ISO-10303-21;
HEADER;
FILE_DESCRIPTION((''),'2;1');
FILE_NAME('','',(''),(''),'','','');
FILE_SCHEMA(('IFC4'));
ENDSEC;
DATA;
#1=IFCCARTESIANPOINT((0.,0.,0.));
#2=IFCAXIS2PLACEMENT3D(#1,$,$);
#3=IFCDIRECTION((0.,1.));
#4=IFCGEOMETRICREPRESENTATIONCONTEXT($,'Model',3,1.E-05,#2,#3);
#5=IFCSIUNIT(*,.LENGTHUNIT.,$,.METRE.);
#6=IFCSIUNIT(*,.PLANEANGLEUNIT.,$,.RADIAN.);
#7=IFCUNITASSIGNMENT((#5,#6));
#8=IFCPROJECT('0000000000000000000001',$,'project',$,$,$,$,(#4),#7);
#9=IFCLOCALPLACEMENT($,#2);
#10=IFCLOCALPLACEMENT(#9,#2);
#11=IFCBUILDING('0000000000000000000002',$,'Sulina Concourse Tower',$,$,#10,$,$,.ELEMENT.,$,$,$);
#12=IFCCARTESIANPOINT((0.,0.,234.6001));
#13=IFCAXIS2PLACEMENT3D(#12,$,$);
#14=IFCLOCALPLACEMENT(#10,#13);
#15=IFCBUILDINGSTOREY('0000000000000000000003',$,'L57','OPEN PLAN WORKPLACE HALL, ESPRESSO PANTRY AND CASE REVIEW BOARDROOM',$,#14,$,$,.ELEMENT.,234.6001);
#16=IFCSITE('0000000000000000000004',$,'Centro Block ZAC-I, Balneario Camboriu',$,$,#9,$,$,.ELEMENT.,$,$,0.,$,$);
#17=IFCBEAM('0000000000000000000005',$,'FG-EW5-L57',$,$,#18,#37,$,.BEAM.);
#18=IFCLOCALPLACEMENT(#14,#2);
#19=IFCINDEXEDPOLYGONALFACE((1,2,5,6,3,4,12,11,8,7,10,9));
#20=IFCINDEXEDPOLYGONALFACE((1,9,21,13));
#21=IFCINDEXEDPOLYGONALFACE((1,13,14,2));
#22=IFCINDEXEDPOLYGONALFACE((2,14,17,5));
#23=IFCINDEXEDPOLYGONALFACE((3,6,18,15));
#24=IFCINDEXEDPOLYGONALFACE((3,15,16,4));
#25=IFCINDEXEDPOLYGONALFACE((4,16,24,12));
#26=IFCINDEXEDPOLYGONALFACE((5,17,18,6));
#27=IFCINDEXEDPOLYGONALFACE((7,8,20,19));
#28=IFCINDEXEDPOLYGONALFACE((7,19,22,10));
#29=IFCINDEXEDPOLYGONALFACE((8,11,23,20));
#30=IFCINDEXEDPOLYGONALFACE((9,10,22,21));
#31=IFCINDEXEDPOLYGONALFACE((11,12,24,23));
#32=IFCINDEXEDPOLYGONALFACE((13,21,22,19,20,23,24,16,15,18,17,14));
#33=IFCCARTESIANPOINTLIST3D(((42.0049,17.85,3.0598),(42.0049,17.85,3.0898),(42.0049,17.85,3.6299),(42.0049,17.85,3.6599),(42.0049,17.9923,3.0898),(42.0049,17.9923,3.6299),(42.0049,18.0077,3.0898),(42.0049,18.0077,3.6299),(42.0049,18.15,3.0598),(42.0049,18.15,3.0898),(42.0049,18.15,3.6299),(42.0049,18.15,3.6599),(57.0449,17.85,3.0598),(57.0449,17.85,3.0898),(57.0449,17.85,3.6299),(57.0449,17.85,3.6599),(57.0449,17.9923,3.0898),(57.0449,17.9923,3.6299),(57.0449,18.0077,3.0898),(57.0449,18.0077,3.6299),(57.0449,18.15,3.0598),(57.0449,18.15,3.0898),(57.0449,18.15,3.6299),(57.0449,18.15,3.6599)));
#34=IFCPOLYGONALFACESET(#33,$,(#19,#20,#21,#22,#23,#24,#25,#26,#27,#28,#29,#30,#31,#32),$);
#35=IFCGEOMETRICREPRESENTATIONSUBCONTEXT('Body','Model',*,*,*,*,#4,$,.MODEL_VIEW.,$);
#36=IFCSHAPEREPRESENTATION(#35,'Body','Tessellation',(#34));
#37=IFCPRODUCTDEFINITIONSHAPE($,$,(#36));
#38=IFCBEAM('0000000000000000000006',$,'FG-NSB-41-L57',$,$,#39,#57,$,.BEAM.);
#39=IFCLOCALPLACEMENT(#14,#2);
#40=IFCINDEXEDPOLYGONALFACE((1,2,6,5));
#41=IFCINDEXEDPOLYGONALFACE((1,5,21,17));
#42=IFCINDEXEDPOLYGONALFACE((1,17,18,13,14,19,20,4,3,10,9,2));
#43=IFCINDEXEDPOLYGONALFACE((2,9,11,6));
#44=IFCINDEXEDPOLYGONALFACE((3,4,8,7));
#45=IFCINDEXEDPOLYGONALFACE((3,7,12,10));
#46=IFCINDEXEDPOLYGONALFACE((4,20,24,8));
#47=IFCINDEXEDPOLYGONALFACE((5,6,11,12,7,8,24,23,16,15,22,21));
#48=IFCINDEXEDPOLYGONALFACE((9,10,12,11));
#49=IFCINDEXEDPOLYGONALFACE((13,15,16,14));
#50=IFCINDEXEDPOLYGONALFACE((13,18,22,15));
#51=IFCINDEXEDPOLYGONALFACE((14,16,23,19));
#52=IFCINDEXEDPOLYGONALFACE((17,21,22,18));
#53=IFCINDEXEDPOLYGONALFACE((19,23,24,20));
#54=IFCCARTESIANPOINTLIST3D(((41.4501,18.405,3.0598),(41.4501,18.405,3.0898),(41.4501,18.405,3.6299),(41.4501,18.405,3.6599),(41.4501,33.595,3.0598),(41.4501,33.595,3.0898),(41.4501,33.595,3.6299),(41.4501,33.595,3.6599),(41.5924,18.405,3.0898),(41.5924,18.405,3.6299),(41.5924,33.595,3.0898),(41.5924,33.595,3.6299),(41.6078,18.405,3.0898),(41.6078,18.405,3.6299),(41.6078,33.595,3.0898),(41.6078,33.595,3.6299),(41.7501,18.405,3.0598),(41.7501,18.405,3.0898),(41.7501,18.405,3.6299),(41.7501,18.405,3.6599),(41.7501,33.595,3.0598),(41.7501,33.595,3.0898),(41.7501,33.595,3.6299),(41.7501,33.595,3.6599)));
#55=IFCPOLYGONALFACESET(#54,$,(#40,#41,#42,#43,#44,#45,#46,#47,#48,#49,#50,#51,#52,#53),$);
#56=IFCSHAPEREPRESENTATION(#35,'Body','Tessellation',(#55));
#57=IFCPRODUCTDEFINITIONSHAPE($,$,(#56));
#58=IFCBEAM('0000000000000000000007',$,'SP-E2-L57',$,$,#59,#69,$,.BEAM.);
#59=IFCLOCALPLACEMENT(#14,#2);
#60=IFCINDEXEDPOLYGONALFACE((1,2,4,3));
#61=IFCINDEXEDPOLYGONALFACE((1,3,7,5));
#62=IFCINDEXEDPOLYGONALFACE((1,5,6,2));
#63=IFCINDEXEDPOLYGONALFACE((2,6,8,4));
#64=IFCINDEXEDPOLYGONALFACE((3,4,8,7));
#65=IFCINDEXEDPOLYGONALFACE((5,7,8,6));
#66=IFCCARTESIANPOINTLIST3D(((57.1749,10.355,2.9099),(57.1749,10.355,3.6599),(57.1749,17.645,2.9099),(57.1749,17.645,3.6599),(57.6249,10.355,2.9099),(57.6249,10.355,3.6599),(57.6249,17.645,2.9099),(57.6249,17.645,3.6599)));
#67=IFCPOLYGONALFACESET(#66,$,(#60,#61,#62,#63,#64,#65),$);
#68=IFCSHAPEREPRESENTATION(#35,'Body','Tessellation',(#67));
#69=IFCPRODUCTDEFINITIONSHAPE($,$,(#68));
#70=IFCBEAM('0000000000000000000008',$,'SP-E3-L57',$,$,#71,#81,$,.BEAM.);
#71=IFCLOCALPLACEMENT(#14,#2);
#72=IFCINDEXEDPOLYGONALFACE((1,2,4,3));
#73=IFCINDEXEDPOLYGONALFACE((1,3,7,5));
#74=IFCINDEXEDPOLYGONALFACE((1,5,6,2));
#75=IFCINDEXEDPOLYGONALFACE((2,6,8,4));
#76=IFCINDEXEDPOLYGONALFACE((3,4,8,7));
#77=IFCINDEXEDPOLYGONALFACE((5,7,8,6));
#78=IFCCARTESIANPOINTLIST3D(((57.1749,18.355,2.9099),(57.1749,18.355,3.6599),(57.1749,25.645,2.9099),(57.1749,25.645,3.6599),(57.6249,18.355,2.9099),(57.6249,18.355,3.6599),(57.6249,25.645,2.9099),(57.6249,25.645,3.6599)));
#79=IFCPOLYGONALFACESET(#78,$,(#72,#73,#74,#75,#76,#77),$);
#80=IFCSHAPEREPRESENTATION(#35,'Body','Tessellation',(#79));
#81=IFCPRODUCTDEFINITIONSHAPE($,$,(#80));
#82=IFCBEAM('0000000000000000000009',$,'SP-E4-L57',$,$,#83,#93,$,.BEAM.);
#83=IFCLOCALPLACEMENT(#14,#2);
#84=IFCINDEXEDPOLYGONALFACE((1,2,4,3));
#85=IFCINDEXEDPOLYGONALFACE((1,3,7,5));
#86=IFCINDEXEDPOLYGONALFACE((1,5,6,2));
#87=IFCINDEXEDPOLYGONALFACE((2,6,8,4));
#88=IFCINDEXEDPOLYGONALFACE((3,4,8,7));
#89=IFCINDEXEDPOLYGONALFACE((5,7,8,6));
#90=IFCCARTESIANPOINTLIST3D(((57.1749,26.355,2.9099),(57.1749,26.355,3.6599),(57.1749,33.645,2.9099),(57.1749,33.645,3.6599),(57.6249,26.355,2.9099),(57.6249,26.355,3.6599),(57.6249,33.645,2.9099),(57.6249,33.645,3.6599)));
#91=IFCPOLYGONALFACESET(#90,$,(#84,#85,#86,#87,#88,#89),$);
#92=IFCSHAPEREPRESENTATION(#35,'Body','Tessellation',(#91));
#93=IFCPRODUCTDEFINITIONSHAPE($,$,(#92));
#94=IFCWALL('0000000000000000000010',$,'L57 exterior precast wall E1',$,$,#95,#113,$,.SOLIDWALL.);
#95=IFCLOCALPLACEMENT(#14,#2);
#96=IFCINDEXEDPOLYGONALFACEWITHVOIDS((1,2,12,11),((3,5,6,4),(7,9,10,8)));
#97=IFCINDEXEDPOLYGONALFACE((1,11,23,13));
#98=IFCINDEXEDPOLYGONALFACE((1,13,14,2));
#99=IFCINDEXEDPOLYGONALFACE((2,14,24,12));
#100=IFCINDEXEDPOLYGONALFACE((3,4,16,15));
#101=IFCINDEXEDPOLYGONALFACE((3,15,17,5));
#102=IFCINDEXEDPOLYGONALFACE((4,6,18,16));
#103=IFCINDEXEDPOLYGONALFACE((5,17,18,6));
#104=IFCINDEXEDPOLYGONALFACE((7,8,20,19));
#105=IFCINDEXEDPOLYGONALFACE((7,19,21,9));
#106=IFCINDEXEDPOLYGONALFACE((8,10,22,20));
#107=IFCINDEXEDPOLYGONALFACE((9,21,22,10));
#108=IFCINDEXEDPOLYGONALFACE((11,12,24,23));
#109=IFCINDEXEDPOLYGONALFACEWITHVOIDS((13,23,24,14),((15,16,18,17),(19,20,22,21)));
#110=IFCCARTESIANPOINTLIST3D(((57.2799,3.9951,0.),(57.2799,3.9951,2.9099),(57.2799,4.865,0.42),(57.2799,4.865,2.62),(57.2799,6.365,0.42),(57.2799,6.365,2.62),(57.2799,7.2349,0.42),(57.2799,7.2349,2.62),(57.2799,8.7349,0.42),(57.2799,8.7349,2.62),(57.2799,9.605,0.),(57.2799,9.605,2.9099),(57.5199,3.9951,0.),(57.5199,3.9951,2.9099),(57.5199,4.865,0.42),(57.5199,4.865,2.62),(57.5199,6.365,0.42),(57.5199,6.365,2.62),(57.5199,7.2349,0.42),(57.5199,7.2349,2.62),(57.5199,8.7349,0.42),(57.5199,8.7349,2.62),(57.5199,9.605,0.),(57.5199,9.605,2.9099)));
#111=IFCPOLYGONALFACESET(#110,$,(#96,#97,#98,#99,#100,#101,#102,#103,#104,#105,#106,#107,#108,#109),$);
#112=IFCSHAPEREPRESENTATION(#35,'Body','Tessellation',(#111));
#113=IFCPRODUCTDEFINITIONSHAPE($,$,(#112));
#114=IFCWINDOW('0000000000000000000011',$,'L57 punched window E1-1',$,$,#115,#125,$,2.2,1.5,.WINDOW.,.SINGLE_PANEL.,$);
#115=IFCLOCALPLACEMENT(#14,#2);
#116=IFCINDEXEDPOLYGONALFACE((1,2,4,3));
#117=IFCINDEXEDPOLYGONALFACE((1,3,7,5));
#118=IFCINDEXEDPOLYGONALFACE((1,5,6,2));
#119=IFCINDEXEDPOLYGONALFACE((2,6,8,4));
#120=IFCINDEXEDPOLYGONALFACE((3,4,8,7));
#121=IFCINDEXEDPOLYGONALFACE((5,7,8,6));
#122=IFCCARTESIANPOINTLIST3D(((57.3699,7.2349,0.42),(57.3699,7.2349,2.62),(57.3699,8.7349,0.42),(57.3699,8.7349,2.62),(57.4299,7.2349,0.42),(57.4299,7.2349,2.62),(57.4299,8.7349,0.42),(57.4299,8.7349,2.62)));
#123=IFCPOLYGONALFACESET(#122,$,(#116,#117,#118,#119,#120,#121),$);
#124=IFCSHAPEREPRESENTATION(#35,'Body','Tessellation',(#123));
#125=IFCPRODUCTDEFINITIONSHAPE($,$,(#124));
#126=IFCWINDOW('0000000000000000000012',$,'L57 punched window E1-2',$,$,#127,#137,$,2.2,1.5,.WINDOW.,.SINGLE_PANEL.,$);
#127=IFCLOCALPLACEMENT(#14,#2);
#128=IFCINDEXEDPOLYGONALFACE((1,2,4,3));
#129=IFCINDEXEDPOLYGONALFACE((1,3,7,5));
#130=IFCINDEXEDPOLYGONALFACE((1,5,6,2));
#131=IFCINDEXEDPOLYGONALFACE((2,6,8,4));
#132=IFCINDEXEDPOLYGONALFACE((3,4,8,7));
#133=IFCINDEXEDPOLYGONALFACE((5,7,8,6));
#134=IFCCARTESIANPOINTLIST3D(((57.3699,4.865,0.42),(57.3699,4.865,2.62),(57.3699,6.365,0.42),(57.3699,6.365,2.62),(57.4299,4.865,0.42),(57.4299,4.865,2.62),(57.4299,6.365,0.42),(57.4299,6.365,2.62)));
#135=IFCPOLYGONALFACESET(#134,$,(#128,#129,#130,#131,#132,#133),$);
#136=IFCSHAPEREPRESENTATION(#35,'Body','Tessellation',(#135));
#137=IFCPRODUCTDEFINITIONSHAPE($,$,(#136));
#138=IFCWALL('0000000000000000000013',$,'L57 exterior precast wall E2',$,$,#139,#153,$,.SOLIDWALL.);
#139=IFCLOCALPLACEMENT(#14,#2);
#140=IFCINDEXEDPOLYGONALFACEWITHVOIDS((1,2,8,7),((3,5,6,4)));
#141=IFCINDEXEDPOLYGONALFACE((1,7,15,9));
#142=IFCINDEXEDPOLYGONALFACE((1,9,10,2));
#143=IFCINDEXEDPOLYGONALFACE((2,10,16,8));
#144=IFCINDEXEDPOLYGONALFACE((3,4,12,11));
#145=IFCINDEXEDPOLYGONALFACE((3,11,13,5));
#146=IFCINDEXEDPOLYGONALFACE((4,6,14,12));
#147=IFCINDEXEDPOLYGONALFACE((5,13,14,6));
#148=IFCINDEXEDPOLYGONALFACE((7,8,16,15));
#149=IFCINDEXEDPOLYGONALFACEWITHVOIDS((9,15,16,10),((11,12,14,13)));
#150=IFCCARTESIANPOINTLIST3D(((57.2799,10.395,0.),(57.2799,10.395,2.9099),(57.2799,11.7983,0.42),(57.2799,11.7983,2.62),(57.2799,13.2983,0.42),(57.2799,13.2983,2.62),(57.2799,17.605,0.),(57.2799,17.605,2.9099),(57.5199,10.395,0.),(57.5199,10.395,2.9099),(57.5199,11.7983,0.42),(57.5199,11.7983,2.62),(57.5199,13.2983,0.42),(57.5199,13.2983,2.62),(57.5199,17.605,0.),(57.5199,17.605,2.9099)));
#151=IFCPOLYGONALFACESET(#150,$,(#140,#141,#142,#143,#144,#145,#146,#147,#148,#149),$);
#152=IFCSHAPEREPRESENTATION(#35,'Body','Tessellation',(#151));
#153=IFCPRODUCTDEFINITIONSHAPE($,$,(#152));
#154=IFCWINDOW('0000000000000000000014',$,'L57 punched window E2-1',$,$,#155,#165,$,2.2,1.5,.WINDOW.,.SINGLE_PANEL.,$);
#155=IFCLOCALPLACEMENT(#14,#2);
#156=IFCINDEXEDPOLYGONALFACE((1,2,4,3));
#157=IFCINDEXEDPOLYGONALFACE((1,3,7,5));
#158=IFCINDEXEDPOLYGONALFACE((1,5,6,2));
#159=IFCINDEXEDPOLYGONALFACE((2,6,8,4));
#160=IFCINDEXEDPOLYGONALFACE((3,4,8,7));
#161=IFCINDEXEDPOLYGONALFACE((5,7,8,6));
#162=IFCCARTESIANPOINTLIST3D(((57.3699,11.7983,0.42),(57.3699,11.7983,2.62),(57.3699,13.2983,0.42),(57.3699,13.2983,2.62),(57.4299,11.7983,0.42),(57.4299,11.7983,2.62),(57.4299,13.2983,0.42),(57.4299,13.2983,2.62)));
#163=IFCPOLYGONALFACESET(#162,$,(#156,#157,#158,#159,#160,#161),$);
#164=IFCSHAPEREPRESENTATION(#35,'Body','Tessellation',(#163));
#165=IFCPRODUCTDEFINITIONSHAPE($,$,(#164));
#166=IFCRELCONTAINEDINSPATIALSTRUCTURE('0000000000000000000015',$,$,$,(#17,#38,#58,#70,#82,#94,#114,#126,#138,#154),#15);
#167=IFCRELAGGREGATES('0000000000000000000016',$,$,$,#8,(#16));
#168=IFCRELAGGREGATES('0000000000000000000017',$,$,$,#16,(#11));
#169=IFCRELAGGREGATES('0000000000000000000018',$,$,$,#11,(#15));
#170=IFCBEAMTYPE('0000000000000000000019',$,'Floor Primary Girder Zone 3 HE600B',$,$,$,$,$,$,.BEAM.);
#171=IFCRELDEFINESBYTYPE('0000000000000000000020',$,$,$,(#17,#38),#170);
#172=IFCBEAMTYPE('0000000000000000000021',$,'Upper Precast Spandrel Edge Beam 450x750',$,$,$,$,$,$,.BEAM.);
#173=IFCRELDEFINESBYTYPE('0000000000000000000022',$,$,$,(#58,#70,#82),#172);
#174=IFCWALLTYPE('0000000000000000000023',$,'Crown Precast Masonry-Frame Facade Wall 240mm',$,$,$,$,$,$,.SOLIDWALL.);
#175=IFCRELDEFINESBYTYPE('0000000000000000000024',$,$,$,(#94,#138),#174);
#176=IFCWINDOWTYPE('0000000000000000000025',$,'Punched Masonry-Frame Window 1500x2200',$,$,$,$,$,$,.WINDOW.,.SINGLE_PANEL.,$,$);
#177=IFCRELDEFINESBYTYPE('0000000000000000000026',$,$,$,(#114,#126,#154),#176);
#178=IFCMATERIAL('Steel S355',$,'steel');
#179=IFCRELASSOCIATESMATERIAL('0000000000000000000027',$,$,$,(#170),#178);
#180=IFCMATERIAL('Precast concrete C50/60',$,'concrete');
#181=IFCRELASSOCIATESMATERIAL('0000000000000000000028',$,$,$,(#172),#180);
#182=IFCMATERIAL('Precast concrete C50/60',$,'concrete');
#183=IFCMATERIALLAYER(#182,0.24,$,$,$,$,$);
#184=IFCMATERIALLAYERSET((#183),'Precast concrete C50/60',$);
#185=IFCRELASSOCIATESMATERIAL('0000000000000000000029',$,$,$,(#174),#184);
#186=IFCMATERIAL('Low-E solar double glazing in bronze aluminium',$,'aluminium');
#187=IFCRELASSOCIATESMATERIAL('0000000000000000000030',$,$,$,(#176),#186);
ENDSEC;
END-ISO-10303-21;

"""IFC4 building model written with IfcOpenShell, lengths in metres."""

from ifc_helpers import new_model, si_unit, direction, frame, frame_2d, origin, origin_2d, place, context, subcontext, project, spatial, rectangle, i_section, extrude, material, layer, layer_set, material_profile, profile_set, type_object, element, fill, save


model = new_model("IFC4")

# Units and contexts
model_context = context("Model", 3, precision=1e-05, world=origin(), true_north=direction((0.0, 1.0)))
body_context = subcontext(model_context, "Body", "Model", "MODEL_VIEW")
ifc_project = project(units=[si_unit("LENGTHUNIT", "METRE"), si_unit("PLANEANGLEUNIT", "RADIAN")], contexts=[model_context])

# Site, building, storey
site_placement = place(None, origin())
site = spatial("IfcSite", under=ifc_project, at=site_placement, Name="Centro Block ZAC-I, Balneario Camboriu", CompositionType="ELEMENT", RefElevation=0.0)
building_placement = place(site_placement, origin())
building = spatial("IfcBuilding", under=site, at=building_placement, Name="Sulina Concourse Tower", CompositionType="ELEMENT")
storey_placement = place(building_placement, frame((0.0, 0.0, 234.6001)))
storey = spatial("IfcBuildingStorey", under=building, at=storey_placement, Name="L57", Description="OPEN PLAN WORKPLACE HALL, ESPRESSO PANTRY AND CASE REVIEW BOARDROOM", CompositionType="ELEMENT", Elevation=234.6001)

# Beams
ifc_material_1 = material(Name="Steel S355", Category="steel")
ifc_material_profile_1 = material_profile(ifc_material_1, i_section(OverallWidth=0.3, OverallDepth=0.6001, WebThickness=0.0154, FlangeThickness=0.03, at=origin_2d()), Name="HE 600 B")
ifc_profile_set_1 = profile_set([ifc_material_profile_1], Name="Steel S355")
beam_type_1 = type_object("IfcBeamType", Name="Floor Primary Girder Zone 3 HE600B", PredefinedType="BEAM", material=ifc_profile_set_1)
beam_1_placement = place(storey_placement, frame((42.0049, 18.0, 3.3599), z_axis=(1.0, 0.0, 0.0), x_axis=(0.0, 1.0, 0.0)))
element("IfcBeam", 1, at=beam_1_placement, inside=storey, type_object=beam_type_1, Name="FG-EW5-L57", PredefinedType="BEAM", context=body_context, shape_type="SweptSolid", body=[
    extrude(i_section(OverallWidth=0.3, OverallDepth=0.6001, WebThickness=0.0154, FlangeThickness=0.03, at=origin_2d()), origin(), (0.0, 0.0, 1.0), 15.04),
])
beam_2_placement = place(storey_placement, frame((41.6001, 18.405, 3.3599), z_axis=(0.0, 1.0, 0.0), x_axis=(-1.0, 0.0, 0.0)))
element("IfcBeam", 2, at=beam_2_placement, inside=storey, type_object=beam_type_1, Name="FG-NSB-41-L57", PredefinedType="BEAM", context=body_context, shape_type="SweptSolid", body=[
    extrude(i_section(OverallWidth=0.3, OverallDepth=0.6001, WebThickness=0.0154, FlangeThickness=0.03, at=origin_2d()), origin(), (0.0, 0.0, 1.0), 15.1899),
])
ifc_material_2 = material(Name="Precast concrete C50/60", Category="concrete")
ifc_material_profile_2 = material_profile(ifc_material_2, rectangle(XDim=0.45, YDim=0.75, at=origin_2d()), Name="RC 450x750")
ifc_profile_set_2 = profile_set([ifc_material_profile_2], Name="Precast concrete C50/60")
beam_type_2 = type_object("IfcBeamType", Name="Upper Precast Spandrel Edge Beam 450x750", PredefinedType="BEAM", material=ifc_profile_set_2)
for number, where, z_axis, x_axis, name in (
    (3, (57.3999, 10.355, 3.2849), (0.0, 1.0, 0.0), (-1.0, 0.0, 0.0), "SP-E2-L57"),
    (4, (57.3999, 18.355, 3.2849), (0.0, 1.0, 0.0), (-1.0, 0.0, 0.0), "SP-E3-L57"),
    (5, (57.3999, 26.355, 3.2849), (0.0, 1.0, 0.0), (-1.0, 0.0, 0.0), "SP-E4-L57"),
):
    element("IfcBeam", number, at=place(storey_placement, frame(where, z_axis=z_axis, x_axis=x_axis)), inside=storey, type_object=beam_type_2, Name=name, PredefinedType="BEAM", context=body_context, shape_type="SweptSolid", body=[
        extrude(rectangle(XDim=0.45, YDim=0.75, at=origin_2d()), origin(), (0.0, 0.0, 1.0), 7.29),
    ])

# Wall, openings, windows
ifc_material_3 = material(Name="Precast concrete C50/60", Category="concrete")
ifc_layer_1 = layer(ifc_material_3, 0.24)
ifc_layer_set_1 = layer_set([ifc_layer_1], Name="Precast concrete C50/60")
wall_type_1 = type_object("IfcWallType", Name="Crown Precast Masonry-Frame Facade Wall 240mm", PredefinedType="SOLIDWALL", material=ifc_layer_set_1)
wall_1_placement = place(storey_placement, frame((57.3999, 9.605, 0.0), z_axis=(0.0, 0.0, 1.0), x_axis=(0.0, -1.0, 0.0)))
wall_1 = element("IfcWall", 6, at=wall_1_placement, inside=storey, type_object=wall_type_1, Name="L57 exterior precast wall E1", PredefinedType="SOLIDWALL", context=body_context, shape_type="SweptSolid", body=[
    extrude(rectangle(XDim=5.6099, YDim=0.24, at=frame_2d((2.8049, 0.0))), origin(), (0.0, 0.0, 1.0), 2.9099),
])
opening_1_placement = place(wall_1_placement, frame((0.8701, 0.0, 0.4199)))
opening_1 = element("IfcOpeningElement", 7, at=opening_1_placement, cuts=wall_1, PredefinedType="OPENING", context=body_context, shape_type="SweptSolid", body=[
    extrude(rectangle(XDim=1.5, YDim=2.2, at=frame_2d((0.75, 1.1001))), frame((0.0, 0.1299, 0.0), z_axis=(0.0, -1.0, 0.0), x_axis=(1.0, 0.0, 0.0)), (0.0, 0.0, 1.0), 0.26),
])
opening_2_placement = place(wall_1_placement, frame((3.24, 0.0, 0.4199)))
opening_2 = element("IfcOpeningElement", 8, at=opening_2_placement, cuts=wall_1, PredefinedType="OPENING", context=body_context, shape_type="SweptSolid", body=[
    extrude(rectangle(XDim=1.5, YDim=2.2, at=frame_2d((0.75, 1.1001))), frame((0.0, 0.1299, 0.0), z_axis=(0.0, -1.0, 0.0), x_axis=(1.0, 0.0, 0.0)), (0.0, 0.0, 1.0), 0.26),
])
ifc_material_4 = material(Name="Low-E solar double glazing in bronze aluminium", Category="aluminium")
window_type = type_object("IfcWindowType", Name="Punched Masonry-Frame Window 1500x2200", PartitioningType="SINGLE_PANEL", PredefinedType="WINDOW", material=ifc_material_4)
window_1_placement = place(opening_1_placement, origin())
window_1 = element("IfcWindow", 9, at=window_1_placement, inside=storey, type_object=window_type, Name="L57 punched window E1-1", OverallHeight=2.2, OverallWidth=1.5, PartitioningType="SINGLE_PANEL", PredefinedType="WINDOW", context=body_context, shape_type="SweptSolid", body=[
    extrude(rectangle(XDim=1.5, YDim=2.2, at=frame_2d((0.75, 1.1001))), frame((0.0, 0.03, 0.0), z_axis=(0.0, -1.0, 0.0), x_axis=(1.0, 0.0, 0.0)), (0.0, 0.0, 1.0), 0.0601),
])
fill(opening_1, window_1)
window_2_placement = place(opening_2_placement, origin())
window_2 = element("IfcWindow", 10, at=window_2_placement, inside=storey, type_object=window_type, Name="L57 punched window E1-2", OverallHeight=2.2, OverallWidth=1.5, PartitioningType="SINGLE_PANEL", PredefinedType="WINDOW", context=body_context, shape_type="SweptSolid", body=[
    extrude(rectangle(XDim=1.5, YDim=2.2, at=frame_2d((0.75, 1.1001))), frame((0.0, 0.03, 0.0), z_axis=(0.0, -1.0, 0.0), x_axis=(1.0, 0.0, 0.0)), (0.0, 0.0, 1.0), 0.0601),
])
fill(opening_2, window_2)

# Wall, opening, window
wall_2_placement = place(storey_placement, frame((57.3999, 17.605, 0.0), z_axis=(0.0, 0.0, 1.0), x_axis=(0.0, -1.0, 0.0)))
wall_2 = element("IfcWall", 11, at=wall_2_placement, inside=storey, type_object=wall_type_1, Name="L57 exterior precast wall E2", PredefinedType="SOLIDWALL", context=body_context, shape_type="SweptSolid", body=[
    extrude(rectangle(XDim=7.21, YDim=0.24, at=frame_2d((3.605, 0.0))), origin(), (0.0, 0.0, 1.0), 2.9099),
])
opening_3_placement = place(wall_2_placement, frame((4.3066, 0.0, 0.4199)))
opening_3 = element("IfcOpeningElement", 12, at=opening_3_placement, cuts=wall_2, PredefinedType="OPENING", context=body_context, shape_type="SweptSolid", body=[
    extrude(rectangle(XDim=1.5, YDim=2.2, at=frame_2d((0.75, 1.1001))), frame((0.0, 0.1299, 0.0), z_axis=(0.0, -1.0, 0.0), x_axis=(1.0, 0.0, 0.0)), (0.0, 0.0, 1.0), 0.26),
])
window_3_placement = place(opening_3_placement, origin())
window_3 = element("IfcWindow", 13, at=window_3_placement, inside=storey, type_object=window_type, Name="L57 punched window E2-1", OverallHeight=2.2, OverallWidth=1.5, PartitioningType="SINGLE_PANEL", PredefinedType="WINDOW", context=body_context, shape_type="SweptSolid", body=[
    extrude(rectangle(XDim=1.5, YDim=2.2, at=frame_2d((0.75, 1.1001))), frame((0.0, 0.03, 0.0), z_axis=(0.0, -1.0, 0.0), x_axis=(1.0, 0.0, 0.0)), (0.0, 0.0, 1.0), 0.0601),
])
fill(opening_3, window_3)

save(model, "model.ifc")
